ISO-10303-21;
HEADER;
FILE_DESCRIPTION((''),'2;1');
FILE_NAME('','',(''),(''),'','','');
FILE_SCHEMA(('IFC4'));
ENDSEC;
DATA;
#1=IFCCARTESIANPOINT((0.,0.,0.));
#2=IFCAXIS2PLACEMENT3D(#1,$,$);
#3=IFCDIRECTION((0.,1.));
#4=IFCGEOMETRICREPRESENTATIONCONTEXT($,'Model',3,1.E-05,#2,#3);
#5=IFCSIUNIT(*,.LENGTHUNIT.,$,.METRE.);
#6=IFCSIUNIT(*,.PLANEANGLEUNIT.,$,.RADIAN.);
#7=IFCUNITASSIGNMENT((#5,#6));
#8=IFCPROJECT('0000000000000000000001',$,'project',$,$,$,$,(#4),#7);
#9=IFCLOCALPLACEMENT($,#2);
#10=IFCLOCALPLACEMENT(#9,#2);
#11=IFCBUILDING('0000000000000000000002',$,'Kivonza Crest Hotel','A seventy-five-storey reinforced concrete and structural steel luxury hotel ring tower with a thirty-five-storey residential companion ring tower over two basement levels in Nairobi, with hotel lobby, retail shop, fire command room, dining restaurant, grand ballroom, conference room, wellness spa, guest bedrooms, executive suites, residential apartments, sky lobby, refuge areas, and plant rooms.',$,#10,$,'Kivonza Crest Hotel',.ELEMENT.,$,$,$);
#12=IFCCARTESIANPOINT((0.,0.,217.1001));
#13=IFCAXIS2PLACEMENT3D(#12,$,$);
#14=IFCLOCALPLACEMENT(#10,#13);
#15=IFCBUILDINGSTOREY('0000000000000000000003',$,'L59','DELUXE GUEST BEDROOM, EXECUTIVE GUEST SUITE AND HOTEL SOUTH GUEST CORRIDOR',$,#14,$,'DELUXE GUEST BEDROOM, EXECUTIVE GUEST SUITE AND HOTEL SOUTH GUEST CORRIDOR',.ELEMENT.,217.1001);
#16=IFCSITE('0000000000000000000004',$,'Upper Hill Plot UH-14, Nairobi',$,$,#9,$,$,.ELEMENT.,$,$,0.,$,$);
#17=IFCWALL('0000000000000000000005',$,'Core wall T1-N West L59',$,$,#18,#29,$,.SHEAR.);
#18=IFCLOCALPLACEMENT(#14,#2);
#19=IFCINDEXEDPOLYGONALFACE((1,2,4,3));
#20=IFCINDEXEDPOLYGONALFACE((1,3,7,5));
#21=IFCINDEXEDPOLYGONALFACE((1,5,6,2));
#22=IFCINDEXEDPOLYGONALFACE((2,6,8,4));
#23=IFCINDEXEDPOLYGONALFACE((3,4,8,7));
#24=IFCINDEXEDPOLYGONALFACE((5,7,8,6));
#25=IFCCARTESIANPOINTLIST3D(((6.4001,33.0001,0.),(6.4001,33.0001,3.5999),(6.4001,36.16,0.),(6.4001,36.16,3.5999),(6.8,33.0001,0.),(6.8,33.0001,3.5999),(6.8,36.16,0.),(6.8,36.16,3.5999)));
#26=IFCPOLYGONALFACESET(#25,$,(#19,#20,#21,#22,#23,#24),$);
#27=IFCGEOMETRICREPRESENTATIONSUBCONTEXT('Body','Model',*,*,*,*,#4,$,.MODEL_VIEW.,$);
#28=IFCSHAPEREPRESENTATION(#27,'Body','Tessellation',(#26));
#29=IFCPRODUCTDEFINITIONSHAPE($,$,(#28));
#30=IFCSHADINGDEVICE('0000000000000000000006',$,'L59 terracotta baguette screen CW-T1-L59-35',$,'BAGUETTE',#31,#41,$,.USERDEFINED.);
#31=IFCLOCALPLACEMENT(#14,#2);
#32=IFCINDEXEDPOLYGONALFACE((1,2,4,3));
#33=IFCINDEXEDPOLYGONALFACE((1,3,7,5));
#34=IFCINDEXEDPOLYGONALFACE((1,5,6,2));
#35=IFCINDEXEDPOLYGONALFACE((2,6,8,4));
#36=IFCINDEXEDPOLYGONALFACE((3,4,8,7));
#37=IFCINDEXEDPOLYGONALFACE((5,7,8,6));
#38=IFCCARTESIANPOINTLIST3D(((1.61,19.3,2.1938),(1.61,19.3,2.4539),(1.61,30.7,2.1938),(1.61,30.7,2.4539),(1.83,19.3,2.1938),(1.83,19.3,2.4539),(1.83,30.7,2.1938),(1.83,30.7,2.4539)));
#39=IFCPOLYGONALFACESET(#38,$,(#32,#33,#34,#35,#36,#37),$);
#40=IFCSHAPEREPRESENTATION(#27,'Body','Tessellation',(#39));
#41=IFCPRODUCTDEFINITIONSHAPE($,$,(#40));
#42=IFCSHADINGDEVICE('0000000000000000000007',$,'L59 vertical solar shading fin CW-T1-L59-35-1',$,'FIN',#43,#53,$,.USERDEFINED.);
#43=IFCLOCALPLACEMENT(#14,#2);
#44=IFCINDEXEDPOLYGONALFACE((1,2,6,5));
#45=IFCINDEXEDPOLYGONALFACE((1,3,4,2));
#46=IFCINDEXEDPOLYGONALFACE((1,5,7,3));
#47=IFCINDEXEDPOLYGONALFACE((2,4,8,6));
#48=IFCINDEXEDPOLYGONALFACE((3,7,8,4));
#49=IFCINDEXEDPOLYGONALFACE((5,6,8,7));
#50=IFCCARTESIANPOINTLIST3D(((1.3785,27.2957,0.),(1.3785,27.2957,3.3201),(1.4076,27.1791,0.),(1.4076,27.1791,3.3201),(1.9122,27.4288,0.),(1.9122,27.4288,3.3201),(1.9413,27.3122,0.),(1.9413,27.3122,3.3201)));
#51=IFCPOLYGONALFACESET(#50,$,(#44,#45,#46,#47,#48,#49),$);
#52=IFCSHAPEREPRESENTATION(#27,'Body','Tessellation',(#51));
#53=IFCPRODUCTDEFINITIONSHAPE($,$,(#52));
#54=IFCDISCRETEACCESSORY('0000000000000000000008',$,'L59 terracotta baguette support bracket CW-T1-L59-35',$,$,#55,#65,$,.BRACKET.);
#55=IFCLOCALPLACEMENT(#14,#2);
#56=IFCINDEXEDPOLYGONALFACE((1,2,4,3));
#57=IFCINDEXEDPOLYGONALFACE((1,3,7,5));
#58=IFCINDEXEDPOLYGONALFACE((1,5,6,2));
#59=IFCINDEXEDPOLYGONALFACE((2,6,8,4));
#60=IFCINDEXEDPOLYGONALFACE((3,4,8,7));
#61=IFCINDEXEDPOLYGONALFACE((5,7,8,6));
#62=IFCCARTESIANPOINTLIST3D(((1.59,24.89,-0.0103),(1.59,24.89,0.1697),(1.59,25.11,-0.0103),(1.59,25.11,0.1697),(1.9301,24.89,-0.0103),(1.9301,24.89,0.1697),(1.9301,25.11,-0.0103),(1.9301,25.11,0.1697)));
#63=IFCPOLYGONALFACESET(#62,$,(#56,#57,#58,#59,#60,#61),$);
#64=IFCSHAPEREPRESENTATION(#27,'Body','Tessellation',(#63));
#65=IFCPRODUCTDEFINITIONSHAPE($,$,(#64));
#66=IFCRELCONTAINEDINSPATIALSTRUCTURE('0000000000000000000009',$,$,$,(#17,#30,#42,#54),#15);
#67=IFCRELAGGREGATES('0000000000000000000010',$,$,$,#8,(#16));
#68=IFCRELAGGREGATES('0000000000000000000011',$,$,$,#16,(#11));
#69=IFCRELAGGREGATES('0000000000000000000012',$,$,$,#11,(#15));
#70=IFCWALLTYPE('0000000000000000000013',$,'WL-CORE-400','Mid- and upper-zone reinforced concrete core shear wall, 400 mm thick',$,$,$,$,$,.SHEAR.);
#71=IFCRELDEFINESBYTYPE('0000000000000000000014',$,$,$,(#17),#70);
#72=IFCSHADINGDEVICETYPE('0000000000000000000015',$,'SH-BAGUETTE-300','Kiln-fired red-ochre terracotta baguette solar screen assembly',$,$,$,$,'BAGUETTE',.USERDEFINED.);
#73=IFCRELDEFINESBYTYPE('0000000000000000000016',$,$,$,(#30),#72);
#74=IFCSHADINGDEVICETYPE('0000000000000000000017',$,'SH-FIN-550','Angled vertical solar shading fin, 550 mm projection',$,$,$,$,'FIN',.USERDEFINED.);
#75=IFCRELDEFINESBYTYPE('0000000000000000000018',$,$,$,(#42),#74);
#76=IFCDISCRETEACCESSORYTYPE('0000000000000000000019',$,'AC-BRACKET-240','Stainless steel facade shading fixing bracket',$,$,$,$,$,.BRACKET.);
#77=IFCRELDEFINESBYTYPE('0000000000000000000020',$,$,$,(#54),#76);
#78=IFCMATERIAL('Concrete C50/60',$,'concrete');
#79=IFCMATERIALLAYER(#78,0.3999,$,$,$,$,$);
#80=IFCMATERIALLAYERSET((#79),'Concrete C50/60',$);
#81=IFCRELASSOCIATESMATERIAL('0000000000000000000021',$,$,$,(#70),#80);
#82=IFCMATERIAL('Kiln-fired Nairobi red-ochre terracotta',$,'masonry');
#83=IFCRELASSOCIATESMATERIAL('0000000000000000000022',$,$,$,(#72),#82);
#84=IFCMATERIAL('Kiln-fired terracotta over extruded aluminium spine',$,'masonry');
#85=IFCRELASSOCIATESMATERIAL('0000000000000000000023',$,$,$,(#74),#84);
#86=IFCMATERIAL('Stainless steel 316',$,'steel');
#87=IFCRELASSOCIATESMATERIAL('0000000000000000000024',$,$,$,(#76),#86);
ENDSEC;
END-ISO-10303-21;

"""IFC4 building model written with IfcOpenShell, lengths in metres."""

from ifc_helpers import new_model, si_unit, direction, frame, frame_2d, origin, origin_2d, place, context, subcontext, project, spatial, rectangle, extrude, material, layer, layer_set, type_object, element, save


model = new_model("IFC4")

# Units and contexts
model_context = context("Model", 3, precision=1e-05, world=origin(), true_north=direction((0.0, 1.0)))
body_context = subcontext(model_context, "Body", "Model", "MODEL_VIEW")
ifc_project = project(units=[si_unit("LENGTHUNIT", "METRE"), si_unit("PLANEANGLEUNIT", "RADIAN")], contexts=[model_context])

# Site, building, storey
site_placement = place(None, origin())
site = spatial("IfcSite", under=ifc_project, at=site_placement, Name="Upper Hill Plot UH-14, Nairobi", CompositionType="ELEMENT", RefElevation=0.0)
building_placement = place(site_placement, origin())
building = spatial("IfcBuilding", under=site, at=building_placement, Name="Kivonza Crest Hotel", Description="A seventy-five-storey reinforced concrete and structural steel luxury hotel ring tower with a thirty-five-storey residential companion ring tower over two basement levels in Nairobi, with hotel lobby, retail shop, fire command room, dining restaurant, grand ballroom, conference room, wellness spa, guest bedrooms, executive suites, residential apartments, sky lobby, refuge areas, and plant rooms.", LongName="Kivonza Crest Hotel", CompositionType="ELEMENT")
storey_placement = place(building_placement, frame((0.0, 0.0, 217.1001)))
storey = spatial("IfcBuildingStorey", under=building, at=storey_placement, Name="L59", Description="DELUXE GUEST BEDROOM, EXECUTIVE GUEST SUITE AND HOTEL SOUTH GUEST CORRIDOR", LongName="DELUXE GUEST BEDROOM, EXECUTIVE GUEST SUITE AND HOTEL SOUTH GUEST CORRIDOR", CompositionType="ELEMENT", Elevation=217.1001)

# Shared definitions
ifc_material_1 = material(Name="Concrete C50/60", Category="concrete")

# Shared definitions
ifc_layer_1 = layer(ifc_material_1, 0.3999)
ifc_layer_set_1 = layer_set([ifc_layer_1], Name="Concrete C50/60")
wall_type = type_object("IfcWallType", Name="WL-CORE-400", Description="Mid- and upper-zone reinforced concrete core shear wall, 400 mm thick", PredefinedType="SHEAR", material=ifc_layer_set_1)

# Wall
wall_1_placement = place(storey_placement, frame((6.6001, 33.0, 0.0), z_axis=(0.0, 0.0, 1.0), x_axis=(0.0, 1.0, 0.0)))
element("IfcWall", 1, at=wall_1_placement, inside=storey, type_object=wall_type, Name="Core wall T1-N West L59", PredefinedType="SHEAR", context=body_context, shape_type="SweptSolid", body=[
    extrude(rectangle(XDim=3.1599, YDim=0.3999, at=frame_2d((1.5801, 0.0))), origin(), (0.0, 0.0, 1.0), 3.5999),
])

# Shading devices
ifc_material_2 = material(Name="Kiln-fired Nairobi red-ochre terracotta", Category="masonry")
shading_device_type_1 = type_object("IfcShadingDeviceType", Name="SH-BAGUETTE-300", Description="Kiln-fired red-ochre terracotta baguette solar screen assembly", ElementType="BAGUETTE", PredefinedType="USERDEFINED", material=ifc_material_2)
shading_device_1_placement = place(storey_placement, frame((1.72, 25.0, 2.1938), z_axis=(0.0, 0.0, 1.0), x_axis=(0.0, -1.0, 0.0)))
element("IfcShadingDevice", 2, at=shading_device_1_placement, inside=storey, type_object=shading_device_type_1, Name="L59 terracotta baguette screen CW-T1-L59-35", ObjectType="BAGUETTE", PredefinedType="USERDEFINED", context=body_context, shape_type="SweptSolid", body=[
    extrude(rectangle(XDim=11.3999, YDim=0.22, at=origin_2d()), origin(), (0.0, 0.0, 1.0), 0.26),
])
ifc_material_3 = material(Name="Kiln-fired terracotta over extruded aluminium spine", Category="masonry")
shading_device_type_2 = type_object("IfcShadingDeviceType", Name="SH-FIN-550", Description="Angled vertical solar shading fin, 550 mm projection", ElementType="FIN", PredefinedType="USERDEFINED", material=ifc_material_3)
shading_device_2_placement = place(storey_placement, frame((1.6599, 27.304, 0.0), z_axis=(0.0, 0.0, 1.0), x_axis=(0.241922, -0.970296, 0.0)))
element("IfcShadingDevice", 3, at=shading_device_2_placement, inside=storey, type_object=shading_device_type_2, Name="L59 vertical solar shading fin CW-T1-L59-35-1", ObjectType="FIN", PredefinedType="USERDEFINED", context=body_context, shape_type="SweptSolid", body=[
    extrude(rectangle(XDim=0.1201, YDim=0.55, at=origin_2d()), origin(), (0.0, 0.0, 1.0), 3.3201),
])

# Discrete accessory
ifc_material_4 = material(Name="Stainless steel 316", Category="steel")
discrete_accessory_type = type_object("IfcDiscreteAccessoryType", Name="AC-BRACKET-240", Description="Stainless steel facade shading fixing bracket", PredefinedType="BRACKET", material=ifc_material_4)
discrete_accessory_placement = place(storey_placement, frame((1.76, 25.0, -0.0103), z_axis=(0.0, 0.0, 1.0), x_axis=(0.0, -1.0, 0.0)))
element("IfcDiscreteAccessory", 4, at=discrete_accessory_placement, inside=storey, type_object=discrete_accessory_type, Name="L59 terracotta baguette support bracket CW-T1-L59-35", PredefinedType="BRACKET", context=body_context, shape_type="SweptSolid", body=[
    extrude(rectangle(XDim=0.22, YDim=0.3401, at=origin_2d()), origin(), (0.0, 0.0, 1.0), 0.1799),
])

save(model, "model.ifc")
